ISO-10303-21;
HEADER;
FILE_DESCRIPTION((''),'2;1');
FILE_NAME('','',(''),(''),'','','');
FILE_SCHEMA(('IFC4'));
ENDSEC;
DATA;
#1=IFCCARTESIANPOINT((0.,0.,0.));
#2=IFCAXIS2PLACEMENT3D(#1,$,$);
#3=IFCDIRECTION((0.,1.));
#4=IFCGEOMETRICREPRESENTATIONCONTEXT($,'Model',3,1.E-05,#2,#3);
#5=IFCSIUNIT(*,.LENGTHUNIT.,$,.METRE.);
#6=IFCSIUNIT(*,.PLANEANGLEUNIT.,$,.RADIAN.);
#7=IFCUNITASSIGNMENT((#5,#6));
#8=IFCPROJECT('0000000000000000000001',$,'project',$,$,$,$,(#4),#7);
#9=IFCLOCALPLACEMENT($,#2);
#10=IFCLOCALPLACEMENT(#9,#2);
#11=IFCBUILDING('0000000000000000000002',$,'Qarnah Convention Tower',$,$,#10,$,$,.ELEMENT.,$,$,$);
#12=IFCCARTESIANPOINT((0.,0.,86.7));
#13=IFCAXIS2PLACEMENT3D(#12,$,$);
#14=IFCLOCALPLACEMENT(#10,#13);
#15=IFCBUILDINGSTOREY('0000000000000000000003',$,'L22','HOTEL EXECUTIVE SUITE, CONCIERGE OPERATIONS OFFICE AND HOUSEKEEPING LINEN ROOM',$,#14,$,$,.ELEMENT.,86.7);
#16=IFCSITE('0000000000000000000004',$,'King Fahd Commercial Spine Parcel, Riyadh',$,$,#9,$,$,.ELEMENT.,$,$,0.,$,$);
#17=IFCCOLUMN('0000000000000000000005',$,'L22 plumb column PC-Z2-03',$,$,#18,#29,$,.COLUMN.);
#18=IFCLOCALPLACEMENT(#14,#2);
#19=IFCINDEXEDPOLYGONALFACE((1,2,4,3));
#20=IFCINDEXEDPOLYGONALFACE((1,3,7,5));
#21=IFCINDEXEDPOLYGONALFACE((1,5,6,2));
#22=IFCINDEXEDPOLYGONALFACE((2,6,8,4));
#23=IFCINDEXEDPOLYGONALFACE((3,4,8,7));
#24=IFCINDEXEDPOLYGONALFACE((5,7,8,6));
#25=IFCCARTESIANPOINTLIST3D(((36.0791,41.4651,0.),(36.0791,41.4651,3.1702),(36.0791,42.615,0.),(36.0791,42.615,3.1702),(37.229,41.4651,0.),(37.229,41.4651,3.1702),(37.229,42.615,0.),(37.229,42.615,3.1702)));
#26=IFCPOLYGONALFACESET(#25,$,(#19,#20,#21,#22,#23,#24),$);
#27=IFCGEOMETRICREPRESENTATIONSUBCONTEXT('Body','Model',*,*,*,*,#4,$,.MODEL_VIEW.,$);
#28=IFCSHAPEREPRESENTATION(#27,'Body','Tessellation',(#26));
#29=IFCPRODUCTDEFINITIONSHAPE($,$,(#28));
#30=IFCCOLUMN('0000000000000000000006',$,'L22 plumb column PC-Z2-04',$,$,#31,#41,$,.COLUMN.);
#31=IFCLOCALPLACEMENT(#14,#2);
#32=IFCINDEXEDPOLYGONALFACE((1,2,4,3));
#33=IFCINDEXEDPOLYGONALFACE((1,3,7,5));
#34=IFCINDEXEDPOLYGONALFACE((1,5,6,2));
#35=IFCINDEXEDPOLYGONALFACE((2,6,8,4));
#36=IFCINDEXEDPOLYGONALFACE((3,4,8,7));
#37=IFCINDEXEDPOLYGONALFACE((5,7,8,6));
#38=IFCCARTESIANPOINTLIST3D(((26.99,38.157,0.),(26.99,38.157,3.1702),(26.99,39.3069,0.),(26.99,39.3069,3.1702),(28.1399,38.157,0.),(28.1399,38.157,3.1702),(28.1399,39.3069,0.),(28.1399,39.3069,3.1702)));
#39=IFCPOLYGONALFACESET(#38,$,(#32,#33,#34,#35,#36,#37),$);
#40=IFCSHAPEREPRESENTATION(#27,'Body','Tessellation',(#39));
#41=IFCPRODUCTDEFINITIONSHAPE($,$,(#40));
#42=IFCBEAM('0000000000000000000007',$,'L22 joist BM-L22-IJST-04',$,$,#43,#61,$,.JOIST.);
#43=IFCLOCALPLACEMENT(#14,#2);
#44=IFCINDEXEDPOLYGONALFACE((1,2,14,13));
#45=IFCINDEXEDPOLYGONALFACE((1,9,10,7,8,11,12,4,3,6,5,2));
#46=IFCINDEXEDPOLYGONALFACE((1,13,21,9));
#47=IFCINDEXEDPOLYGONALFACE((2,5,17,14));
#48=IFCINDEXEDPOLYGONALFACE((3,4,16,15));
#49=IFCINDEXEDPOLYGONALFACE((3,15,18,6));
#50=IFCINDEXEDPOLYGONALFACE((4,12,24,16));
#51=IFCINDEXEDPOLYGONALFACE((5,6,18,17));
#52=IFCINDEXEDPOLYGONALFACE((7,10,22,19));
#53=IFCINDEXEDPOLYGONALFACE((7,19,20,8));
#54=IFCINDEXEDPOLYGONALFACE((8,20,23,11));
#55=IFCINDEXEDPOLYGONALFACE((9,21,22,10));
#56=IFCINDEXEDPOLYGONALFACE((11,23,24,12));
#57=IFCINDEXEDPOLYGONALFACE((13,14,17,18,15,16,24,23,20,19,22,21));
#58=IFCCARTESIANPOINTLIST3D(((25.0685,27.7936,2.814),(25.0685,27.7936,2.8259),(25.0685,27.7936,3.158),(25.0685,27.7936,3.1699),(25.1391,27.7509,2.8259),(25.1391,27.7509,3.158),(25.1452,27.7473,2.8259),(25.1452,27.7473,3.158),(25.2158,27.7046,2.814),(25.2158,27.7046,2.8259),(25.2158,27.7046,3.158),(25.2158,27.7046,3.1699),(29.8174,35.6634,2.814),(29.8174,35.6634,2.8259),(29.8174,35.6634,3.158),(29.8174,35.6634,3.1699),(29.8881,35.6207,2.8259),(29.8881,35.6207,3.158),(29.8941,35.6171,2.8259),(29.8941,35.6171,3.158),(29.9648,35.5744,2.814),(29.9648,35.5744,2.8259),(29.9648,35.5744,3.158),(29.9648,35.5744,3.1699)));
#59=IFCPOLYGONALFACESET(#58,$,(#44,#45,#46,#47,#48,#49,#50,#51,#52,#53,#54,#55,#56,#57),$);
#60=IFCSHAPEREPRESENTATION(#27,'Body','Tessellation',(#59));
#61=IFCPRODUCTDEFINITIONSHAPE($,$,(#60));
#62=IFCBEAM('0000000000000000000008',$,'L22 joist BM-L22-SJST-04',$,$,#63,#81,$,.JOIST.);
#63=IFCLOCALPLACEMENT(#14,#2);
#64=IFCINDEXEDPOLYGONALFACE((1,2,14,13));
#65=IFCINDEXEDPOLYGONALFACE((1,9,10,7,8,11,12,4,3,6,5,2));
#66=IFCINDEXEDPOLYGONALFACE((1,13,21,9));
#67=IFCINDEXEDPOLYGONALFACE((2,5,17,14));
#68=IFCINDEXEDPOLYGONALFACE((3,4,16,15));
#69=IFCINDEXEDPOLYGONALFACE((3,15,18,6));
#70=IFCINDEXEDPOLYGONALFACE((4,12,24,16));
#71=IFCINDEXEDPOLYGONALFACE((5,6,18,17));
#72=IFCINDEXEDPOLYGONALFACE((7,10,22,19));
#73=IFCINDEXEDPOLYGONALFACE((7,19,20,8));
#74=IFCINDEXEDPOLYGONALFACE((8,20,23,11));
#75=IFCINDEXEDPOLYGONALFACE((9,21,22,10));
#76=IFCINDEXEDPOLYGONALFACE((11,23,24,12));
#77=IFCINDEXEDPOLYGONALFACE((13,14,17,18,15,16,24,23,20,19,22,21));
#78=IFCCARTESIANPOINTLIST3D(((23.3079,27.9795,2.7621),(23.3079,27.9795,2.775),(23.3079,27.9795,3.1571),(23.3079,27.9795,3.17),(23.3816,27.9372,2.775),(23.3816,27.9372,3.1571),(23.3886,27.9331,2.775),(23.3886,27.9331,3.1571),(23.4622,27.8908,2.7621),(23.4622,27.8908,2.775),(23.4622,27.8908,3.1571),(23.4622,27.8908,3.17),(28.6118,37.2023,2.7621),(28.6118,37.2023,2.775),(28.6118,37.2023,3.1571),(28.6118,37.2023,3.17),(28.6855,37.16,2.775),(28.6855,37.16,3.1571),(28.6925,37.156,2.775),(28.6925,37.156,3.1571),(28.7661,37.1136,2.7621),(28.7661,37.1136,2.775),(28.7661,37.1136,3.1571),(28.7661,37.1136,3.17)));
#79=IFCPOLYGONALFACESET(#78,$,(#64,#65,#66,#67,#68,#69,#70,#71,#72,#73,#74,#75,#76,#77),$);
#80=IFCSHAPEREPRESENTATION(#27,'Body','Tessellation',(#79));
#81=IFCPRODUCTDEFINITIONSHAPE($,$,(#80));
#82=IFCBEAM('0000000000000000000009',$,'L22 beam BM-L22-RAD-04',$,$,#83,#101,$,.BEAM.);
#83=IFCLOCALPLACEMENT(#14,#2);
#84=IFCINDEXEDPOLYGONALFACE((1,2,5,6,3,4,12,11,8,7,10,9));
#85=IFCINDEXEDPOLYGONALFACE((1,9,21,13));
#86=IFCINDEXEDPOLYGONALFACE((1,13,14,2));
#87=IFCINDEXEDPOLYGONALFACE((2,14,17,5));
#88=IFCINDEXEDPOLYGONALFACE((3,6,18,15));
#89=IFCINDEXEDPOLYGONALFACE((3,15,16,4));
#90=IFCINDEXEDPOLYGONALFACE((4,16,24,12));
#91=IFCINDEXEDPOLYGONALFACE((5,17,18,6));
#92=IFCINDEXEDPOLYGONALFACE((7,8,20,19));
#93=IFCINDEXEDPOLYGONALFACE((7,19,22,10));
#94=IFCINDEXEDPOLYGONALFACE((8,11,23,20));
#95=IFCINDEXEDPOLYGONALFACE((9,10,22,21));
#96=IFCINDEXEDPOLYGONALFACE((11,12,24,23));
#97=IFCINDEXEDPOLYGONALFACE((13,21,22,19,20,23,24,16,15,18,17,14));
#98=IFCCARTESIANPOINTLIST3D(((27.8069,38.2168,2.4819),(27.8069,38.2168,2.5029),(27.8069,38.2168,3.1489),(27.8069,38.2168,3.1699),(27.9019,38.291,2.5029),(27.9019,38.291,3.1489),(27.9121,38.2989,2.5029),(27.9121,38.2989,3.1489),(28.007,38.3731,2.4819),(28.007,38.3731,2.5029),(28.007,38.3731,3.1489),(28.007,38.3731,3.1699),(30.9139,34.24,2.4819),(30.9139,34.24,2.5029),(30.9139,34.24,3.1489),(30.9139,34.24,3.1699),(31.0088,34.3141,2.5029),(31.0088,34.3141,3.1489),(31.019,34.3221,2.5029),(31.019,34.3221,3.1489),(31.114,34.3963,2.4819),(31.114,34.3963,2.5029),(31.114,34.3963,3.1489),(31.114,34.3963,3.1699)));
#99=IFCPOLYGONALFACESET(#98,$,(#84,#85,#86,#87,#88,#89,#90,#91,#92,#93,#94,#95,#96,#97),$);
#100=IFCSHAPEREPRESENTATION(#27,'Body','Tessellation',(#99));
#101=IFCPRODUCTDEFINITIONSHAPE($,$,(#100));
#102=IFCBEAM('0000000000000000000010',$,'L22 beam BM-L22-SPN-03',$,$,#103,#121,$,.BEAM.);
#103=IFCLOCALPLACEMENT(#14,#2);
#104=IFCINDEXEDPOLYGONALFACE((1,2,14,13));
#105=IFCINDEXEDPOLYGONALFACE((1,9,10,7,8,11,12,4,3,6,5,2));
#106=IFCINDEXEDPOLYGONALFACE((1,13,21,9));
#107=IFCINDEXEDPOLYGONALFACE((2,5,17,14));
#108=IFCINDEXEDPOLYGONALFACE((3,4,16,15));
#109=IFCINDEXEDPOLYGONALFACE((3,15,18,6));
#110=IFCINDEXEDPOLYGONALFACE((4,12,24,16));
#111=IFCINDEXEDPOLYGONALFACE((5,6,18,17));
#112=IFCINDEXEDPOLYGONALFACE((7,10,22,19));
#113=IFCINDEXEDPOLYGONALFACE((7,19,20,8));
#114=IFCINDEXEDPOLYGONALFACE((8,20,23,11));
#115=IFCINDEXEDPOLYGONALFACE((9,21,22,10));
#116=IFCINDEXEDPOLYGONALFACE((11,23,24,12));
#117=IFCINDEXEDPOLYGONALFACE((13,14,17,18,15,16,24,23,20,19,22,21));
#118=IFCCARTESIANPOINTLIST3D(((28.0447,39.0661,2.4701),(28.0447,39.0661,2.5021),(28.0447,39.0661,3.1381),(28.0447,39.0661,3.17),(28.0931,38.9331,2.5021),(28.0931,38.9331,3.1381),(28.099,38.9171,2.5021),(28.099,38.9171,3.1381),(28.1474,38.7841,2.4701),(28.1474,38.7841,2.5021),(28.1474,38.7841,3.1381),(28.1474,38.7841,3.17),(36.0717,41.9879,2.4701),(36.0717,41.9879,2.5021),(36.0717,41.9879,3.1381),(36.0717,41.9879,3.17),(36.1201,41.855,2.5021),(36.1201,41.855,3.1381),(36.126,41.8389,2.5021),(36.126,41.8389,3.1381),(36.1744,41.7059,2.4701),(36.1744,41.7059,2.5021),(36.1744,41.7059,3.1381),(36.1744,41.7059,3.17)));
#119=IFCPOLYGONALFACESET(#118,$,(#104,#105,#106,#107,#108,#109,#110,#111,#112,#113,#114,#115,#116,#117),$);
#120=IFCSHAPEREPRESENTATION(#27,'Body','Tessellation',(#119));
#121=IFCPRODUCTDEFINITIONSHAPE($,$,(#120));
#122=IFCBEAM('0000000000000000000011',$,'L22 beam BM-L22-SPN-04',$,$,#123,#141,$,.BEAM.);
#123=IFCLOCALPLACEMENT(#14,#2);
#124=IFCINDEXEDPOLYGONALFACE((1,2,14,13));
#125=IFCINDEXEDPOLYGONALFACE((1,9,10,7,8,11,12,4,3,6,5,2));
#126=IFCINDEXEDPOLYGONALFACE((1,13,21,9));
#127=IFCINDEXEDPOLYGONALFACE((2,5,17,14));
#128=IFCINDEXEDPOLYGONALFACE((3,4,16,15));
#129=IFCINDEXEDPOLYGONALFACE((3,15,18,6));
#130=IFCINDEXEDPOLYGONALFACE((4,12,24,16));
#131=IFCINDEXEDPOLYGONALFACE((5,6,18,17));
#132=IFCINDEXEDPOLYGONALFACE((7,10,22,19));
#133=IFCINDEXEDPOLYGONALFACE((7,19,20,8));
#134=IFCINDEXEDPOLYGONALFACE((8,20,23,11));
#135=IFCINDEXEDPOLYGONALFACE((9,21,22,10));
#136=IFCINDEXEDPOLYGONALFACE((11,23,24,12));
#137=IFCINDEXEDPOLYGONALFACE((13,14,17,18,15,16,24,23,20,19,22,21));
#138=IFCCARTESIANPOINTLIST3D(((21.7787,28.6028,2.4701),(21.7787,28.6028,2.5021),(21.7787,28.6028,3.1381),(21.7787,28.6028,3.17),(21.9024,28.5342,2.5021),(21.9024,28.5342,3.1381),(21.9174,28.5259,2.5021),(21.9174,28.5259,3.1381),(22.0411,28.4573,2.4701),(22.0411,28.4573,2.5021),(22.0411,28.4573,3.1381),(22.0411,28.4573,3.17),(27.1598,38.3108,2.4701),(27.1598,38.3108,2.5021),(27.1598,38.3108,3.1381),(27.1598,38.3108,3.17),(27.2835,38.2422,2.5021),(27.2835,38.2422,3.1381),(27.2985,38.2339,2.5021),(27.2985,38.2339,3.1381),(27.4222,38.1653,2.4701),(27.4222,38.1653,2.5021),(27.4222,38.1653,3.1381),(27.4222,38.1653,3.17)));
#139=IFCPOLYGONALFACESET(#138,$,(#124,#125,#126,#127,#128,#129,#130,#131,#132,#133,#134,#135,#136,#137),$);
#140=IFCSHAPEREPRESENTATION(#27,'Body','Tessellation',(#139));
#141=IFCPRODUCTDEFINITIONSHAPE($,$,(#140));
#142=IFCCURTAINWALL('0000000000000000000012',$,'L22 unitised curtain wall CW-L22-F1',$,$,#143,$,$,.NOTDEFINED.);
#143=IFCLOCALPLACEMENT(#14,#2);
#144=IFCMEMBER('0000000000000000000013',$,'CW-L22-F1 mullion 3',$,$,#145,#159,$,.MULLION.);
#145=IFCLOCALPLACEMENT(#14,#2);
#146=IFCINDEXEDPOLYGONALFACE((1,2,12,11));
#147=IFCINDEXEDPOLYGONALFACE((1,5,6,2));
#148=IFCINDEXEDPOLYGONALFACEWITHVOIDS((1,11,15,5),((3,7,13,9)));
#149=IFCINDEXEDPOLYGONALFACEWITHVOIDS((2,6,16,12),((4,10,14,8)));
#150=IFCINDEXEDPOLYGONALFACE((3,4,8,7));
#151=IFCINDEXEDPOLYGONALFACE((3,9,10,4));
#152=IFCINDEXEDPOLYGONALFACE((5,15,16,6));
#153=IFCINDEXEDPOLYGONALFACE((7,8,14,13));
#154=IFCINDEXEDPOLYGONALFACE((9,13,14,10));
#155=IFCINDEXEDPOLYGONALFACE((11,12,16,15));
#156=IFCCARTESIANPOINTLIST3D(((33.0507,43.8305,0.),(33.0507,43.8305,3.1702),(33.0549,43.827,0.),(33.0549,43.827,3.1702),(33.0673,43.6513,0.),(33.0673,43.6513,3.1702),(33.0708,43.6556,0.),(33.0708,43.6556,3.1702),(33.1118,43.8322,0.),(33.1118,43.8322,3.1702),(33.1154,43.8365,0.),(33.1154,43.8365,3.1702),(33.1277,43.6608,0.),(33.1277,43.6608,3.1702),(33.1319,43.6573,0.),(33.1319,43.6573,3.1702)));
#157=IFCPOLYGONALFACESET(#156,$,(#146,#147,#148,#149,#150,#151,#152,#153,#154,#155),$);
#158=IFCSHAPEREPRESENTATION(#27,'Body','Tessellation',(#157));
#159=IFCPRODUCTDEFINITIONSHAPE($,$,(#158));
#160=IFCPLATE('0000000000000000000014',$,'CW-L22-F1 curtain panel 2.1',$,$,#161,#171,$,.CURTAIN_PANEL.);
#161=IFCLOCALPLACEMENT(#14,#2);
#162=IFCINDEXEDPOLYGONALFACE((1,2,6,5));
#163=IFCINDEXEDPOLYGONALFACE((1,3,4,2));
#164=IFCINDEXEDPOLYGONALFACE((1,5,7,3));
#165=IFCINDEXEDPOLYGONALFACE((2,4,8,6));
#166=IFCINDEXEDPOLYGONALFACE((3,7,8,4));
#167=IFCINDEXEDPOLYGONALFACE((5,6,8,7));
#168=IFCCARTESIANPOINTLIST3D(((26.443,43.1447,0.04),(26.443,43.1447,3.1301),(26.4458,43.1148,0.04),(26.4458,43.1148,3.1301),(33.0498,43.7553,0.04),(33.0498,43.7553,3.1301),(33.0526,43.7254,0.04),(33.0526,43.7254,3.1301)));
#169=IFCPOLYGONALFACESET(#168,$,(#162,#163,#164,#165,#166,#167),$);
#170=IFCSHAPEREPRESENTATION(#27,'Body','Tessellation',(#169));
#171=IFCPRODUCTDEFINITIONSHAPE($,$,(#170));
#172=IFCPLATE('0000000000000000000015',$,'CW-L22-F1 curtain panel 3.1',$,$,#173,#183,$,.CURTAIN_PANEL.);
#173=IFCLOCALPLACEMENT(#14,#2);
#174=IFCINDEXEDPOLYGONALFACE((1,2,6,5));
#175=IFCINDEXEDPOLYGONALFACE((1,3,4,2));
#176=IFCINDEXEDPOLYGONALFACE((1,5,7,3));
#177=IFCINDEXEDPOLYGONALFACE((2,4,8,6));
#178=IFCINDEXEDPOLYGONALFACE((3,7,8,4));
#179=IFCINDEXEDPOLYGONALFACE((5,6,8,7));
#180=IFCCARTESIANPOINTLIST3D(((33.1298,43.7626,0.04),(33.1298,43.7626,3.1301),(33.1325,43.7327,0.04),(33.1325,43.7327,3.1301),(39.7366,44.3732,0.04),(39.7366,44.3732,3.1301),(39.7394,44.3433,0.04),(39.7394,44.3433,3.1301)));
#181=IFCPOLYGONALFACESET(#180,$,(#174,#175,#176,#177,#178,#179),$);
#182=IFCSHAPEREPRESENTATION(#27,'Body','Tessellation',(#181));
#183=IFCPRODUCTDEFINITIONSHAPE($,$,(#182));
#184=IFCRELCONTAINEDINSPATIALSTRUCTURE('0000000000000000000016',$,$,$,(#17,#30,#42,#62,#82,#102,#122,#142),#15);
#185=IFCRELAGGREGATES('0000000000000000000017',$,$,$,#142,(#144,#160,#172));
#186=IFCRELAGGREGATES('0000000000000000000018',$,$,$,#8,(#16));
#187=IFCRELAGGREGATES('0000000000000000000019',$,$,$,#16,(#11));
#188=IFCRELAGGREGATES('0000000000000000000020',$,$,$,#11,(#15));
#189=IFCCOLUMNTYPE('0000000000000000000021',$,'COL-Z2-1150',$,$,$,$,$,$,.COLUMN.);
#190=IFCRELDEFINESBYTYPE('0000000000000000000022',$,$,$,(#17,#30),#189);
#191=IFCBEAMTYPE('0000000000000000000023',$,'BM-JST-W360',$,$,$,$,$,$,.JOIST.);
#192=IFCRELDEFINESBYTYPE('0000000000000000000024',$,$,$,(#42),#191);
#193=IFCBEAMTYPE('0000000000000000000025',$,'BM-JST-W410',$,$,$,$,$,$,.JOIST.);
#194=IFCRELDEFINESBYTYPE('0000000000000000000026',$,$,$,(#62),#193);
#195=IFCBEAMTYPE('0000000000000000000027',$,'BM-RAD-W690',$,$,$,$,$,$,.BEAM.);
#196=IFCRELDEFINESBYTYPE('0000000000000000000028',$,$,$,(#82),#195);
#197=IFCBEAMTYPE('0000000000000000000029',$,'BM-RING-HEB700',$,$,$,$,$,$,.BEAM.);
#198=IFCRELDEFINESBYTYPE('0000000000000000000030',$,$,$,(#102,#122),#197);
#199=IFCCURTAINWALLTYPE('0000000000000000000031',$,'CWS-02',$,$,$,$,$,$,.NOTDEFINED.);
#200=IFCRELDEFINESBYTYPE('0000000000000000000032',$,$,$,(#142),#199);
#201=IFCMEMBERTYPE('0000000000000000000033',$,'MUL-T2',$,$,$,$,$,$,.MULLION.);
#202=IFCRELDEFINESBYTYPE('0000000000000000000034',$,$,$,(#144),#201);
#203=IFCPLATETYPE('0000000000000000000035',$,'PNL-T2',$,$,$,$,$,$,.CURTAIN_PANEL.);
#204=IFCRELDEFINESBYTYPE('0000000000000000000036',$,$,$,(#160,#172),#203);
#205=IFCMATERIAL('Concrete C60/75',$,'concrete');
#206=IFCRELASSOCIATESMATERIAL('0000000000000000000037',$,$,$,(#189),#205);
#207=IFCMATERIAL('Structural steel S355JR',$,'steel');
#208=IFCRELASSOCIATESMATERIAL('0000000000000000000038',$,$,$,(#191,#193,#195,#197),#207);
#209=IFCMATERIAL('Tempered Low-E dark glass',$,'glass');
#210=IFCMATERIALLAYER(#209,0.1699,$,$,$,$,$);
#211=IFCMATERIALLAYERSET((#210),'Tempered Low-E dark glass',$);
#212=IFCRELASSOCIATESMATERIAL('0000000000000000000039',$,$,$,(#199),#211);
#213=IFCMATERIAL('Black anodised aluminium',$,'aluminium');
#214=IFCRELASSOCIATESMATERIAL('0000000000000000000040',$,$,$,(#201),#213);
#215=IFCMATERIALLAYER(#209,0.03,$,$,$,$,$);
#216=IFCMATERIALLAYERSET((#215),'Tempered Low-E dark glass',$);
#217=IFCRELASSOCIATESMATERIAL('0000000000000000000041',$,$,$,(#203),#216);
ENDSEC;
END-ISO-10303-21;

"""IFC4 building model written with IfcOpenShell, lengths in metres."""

from ifc_helpers import new_model, si_unit, direction, frame, origin, origin_2d, place, context, subcontext, project, spatial, rectangle, hollow_rectangle, i_section, extrude, material, layer, layer_set, material_profile, profile_set, type_object, element, aggregate, save


model = new_model("IFC4")

# Units and contexts
model_context = context("Model", 3, precision=1e-05, world=origin(), true_north=direction((0.0, 1.0)))
body_context = subcontext(model_context, "Body", "Model", "MODEL_VIEW")
ifc_project = project(units=[si_unit("LENGTHUNIT", "METRE"), si_unit("PLANEANGLEUNIT", "RADIAN")], contexts=[model_context])

# Site, building, storey
site_placement = place(None, origin())
site = spatial("IfcSite", under=ifc_project, at=site_placement, Name="King Fahd Commercial Spine Parcel, Riyadh", CompositionType="ELEMENT", RefElevation=0.0)
building_placement = place(site_placement, origin())
building = spatial("IfcBuilding", under=site, at=building_placement, Name="Qarnah Convention Tower", CompositionType="ELEMENT")
storey_placement = place(building_placement, frame((0.0, 0.0, 86.7)))
storey = spatial("IfcBuildingStorey", under=building, at=storey_placement, Name="L22", Description="HOTEL EXECUTIVE SUITE, CONCIERGE OPERATIONS OFFICE AND HOUSEKEEPING LINEN ROOM", CompositionType="ELEMENT", Elevation=86.7)

# Columns
ifc_material_1 = material(Name="Concrete C60/75", Category="concrete")
ifc_material_profile_1 = material_profile(ifc_material_1, rectangle(XDim=1.1499, YDim=1.1499, at=origin_2d()), Name="RC-COL-1150X1150")
ifc_profile_set_1 = profile_set([ifc_material_profile_1], Name="Concrete C60/75")
column_type = type_object("IfcColumnType", Name="COL-Z2-1150", PredefinedType="COLUMN", material=ifc_profile_set_1)
for number, where, z_axis, x_axis, name in (
    (1, (36.6541, 42.04, 0.0), (0.0, 0.0, 1.0), (1.0, 0.0, 0.0), "L22 plumb column PC-Z2-03"),
    (2, (27.5649, 38.7319, 0.0), (0.0, 0.0, 1.0), (1.0, 0.0, 0.0), "L22 plumb column PC-Z2-04"),
):
    element("IfcColumn", number, at=place(storey_placement, frame(where, z_axis=z_axis, x_axis=x_axis)), inside=storey, type_object=column_type, Name=name, PredefinedType="COLUMN", context=body_context, shape_type="SweptSolid", body=[
        extrude(rectangle(XDim=1.1499, YDim=1.1499, at=origin_2d()), origin(), (0.0, 0.0, 1.0), 3.1702),
    ])

# Beams
ifc_material_2 = material(Name="Structural steel S355JR", Category="steel")
ifc_material_profile_2 = material_profile(ifc_material_2, i_section(OverallWidth=0.1721, OverallDepth=0.356, WebThickness=0.0071, FlangeThickness=0.012, at=origin_2d()), Name="W360X51")
ifc_profile_set_2 = profile_set([ifc_material_profile_2], Name="Structural steel S355JR")
beam_type_1 = type_object("IfcBeamType", Name="BM-JST-W360", PredefinedType="JOIST", material=ifc_profile_set_2)
beam_1_placement = place(storey_placement, frame((29.8911, 35.6189, 2.9919), z_axis=(-0.516662, -0.856189, 0.0), x_axis=(0.856189, -0.516662, 0.0)))
element("IfcBeam", 3, at=beam_1_placement, inside=storey, type_object=beam_type_1, Name="L22 joist BM-L22-IJST-04", PredefinedType="JOIST", context=body_context, shape_type="SweptSolid", body=[
    extrude(i_section(OverallWidth=0.1721, OverallDepth=0.356, WebThickness=0.0071, FlangeThickness=0.012, at=origin_2d()), origin(), (0.0, 0.0, 1.0), 9.1917),
])
ifc_material_profile_3 = material_profile(ifc_material_2, i_section(OverallWidth=0.178, OverallDepth=0.408, WebThickness=0.0081, FlangeThickness=0.0129, at=origin_2d()), Name="W410X60")
ifc_profile_set_3 = profile_set([ifc_material_profile_3], Name="Structural steel S355JR")
beam_type_2 = type_object("IfcBeamType", Name="BM-JST-W410", PredefinedType="JOIST", material=ifc_profile_set_3)
beam_2_placement = place(storey_placement, frame((28.689, 37.158, 2.9661), z_axis=(-0.498527, -0.866874, 0.0), x_axis=(0.866874, -0.498527, 0.0)))
element("IfcBeam", 4, at=beam_2_placement, inside=storey, type_object=beam_type_2, Name="L22 joist BM-L22-SJST-04", PredefinedType="JOIST", context=body_context, shape_type="SweptSolid", body=[
    extrude(i_section(OverallWidth=0.178, OverallDepth=0.408, WebThickness=0.0081, FlangeThickness=0.0129, at=origin_2d()), origin(), (0.0, 0.0, 1.0), 10.6392),
])
ifc_material_profile_4 = material_profile(ifc_material_2, i_section(OverallWidth=0.2539, OverallDepth=0.688, WebThickness=0.0129, FlangeThickness=0.021, at=origin_2d()), Name="W690X152")
ifc_profile_set_4 = profile_set([ifc_material_profile_4], Name="Structural steel S355JR")
beam_type_3 = type_object("IfcBeamType", Name="BM-RAD-W690", PredefinedType="BEAM", material=ifc_profile_set_4)
beam_3_placement = place(storey_placement, frame((31.0139, 34.3181, 2.8259), z_axis=(-0.615651, 0.788019, 0.0), x_axis=(-0.788019, -0.615651, 0.0)))
element("IfcBeam", 5, at=beam_3_placement, inside=storey, type_object=beam_type_3, Name="L22 beam BM-L22-RAD-04", PredefinedType="BEAM", context=body_context, shape_type="SweptSolid", body=[
    extrude(i_section(OverallWidth=0.2539, OverallDepth=0.688, WebThickness=0.0129, FlangeThickness=0.021, at=origin_2d()), origin(), (0.0, 0.0, 1.0), 5.0466),
])
ifc_material_profile_5 = material_profile(ifc_material_2, i_section(OverallWidth=0.3, OverallDepth=0.7, WebThickness=0.0171, FlangeThickness=0.032, at=origin_2d()), Name="HEB700")
ifc_profile_set_5 = profile_set([ifc_material_profile_5], Name="Structural steel S355JR")
beam_type_4 = type_object("IfcBeamType", Name="BM-RING-HEB700", PredefinedType="BEAM", material=ifc_profile_set_5)
beam_4_placement = place(storey_placement, frame((36.123, 41.8469, 2.8201), z_axis=(-0.939683, -0.342046, 0.0), x_axis=(0.342046, -0.939683, 0.0)))
element("IfcBeam", 6, at=beam_4_placement, inside=storey, type_object=beam_type_4, Name="L22 beam BM-L22-SPN-03", PredefinedType="BEAM", context=body_context, shape_type="SweptSolid", body=[
    extrude(i_section(OverallWidth=0.3, OverallDepth=0.7, WebThickness=0.0171, FlangeThickness=0.032, at=origin_2d()), origin(), (0.0, 0.0, 1.0), 8.5422),
])
beam_5_placement = place(storey_placement, frame((27.291, 38.238, 2.8201), z_axis=(-0.4848, -0.874625, 0.0), x_axis=(0.874625, -0.4848, 0.0)))
element("IfcBeam", 7, at=beam_5_placement, inside=storey, type_object=beam_type_4, Name="L22 beam BM-L22-SPN-04", PredefinedType="BEAM", context=body_context, shape_type="SweptSolid", body=[
    extrude(i_section(OverallWidth=0.3, OverallDepth=0.7, WebThickness=0.0171, FlangeThickness=0.032, at=origin_2d()), origin(), (0.0, 0.0, 1.0), 11.0996),
])

# Curtain wall, member, plates
ifc_material_3 = material(Name="Tempered Low-E dark glass", Category="glass")
ifc_layer_1 = layer(ifc_material_3, 0.1699)
ifc_layer_set_1 = layer_set([ifc_layer_1], Name="Tempered Low-E dark glass")
curtain_wall_type = type_object("IfcCurtainWallType", Name="CWS-02", PredefinedType="NOTDEFINED", material=ifc_layer_set_1)
curtain_wall_placement = place(storey_placement, origin())
curtain_wall = element("IfcCurtainWall", 8, at=curtain_wall_placement, inside=storey, type_object=curtain_wall_type, Name="L22 unitised curtain wall CW-L22-F1", PredefinedType="NOTDEFINED")
ifc_material_4 = material(Name="Black anodised aluminium", Category="aluminium")
ifc_material_profile_6 = material_profile(ifc_material_4, hollow_rectangle(XDim=0.0649, YDim=0.1799, WallThickness=0.0039, at=origin_2d()), Name="MUL-65X180")
ifc_profile_set_6 = profile_set([ifc_material_profile_6], Name="Black anodised aluminium")
member_type = type_object("IfcMemberType", Name="MUL-T2", PredefinedType="MULLION", material=ifc_profile_set_6)
member_placement = place(storey_placement, frame((33.0913, 43.7439, 0.0), z_axis=(0.0, 0.0, 1.0), x_axis=(0.995756, 0.092031, 0.0)))
member = element("IfcMember", 9, at=member_placement, type_object=member_type, Name="CW-L22-F1 mullion 3", PredefinedType="MULLION", context=body_context, shape_type="SweptSolid", body=[
    extrude(hollow_rectangle(XDim=0.0649, YDim=0.1799, WallThickness=0.0039, at=origin_2d()), origin(), (0.0, 0.0, 1.0), 3.1702),
])
ifc_layer_2 = layer(ifc_material_3, 0.03)
ifc_layer_set_2 = layer_set([ifc_layer_2], Name="Tempered Low-E dark glass")
plate_type = type_object("IfcPlateType", Name="PNL-T2", PredefinedType="CURTAIN_PANEL", material=ifc_layer_set_2)
plate_1_placement = place(storey_placement, frame((29.7478, 43.4351, 0.04), z_axis=(0.0, 0.0, 1.0), x_axis=(0.995756, 0.092031, 0.0)))
plate_1 = element("IfcPlate", 10, at=plate_1_placement, type_object=plate_type, Name="CW-L22-F1 curtain panel 2.1", PredefinedType="CURTAIN_PANEL", context=body_context, shape_type="SweptSolid", body=[
    extrude(rectangle(XDim=6.635, YDim=0.03, at=origin_2d()), origin(), (0.0, 0.0, 1.0), 3.0901),
])
plate_2_placement = place(storey_placement, frame((36.4346, 44.053, 0.04), z_axis=(0.0, 0.0, 1.0), x_axis=(0.995756, 0.092031, 0.0)))
plate_2 = element("IfcPlate", 11, at=plate_2_placement, type_object=plate_type, Name="CW-L22-F1 curtain panel 3.1", PredefinedType="CURTAIN_PANEL", context=body_context, shape_type="SweptSolid", body=[
    extrude(rectangle(XDim=6.635, YDim=0.03, at=origin_2d()), origin(), (0.0, 0.0, 1.0), 3.0901),
])
aggregate(curtain_wall, [member, plate_1, plate_2])

save(model, "model.ifc")
